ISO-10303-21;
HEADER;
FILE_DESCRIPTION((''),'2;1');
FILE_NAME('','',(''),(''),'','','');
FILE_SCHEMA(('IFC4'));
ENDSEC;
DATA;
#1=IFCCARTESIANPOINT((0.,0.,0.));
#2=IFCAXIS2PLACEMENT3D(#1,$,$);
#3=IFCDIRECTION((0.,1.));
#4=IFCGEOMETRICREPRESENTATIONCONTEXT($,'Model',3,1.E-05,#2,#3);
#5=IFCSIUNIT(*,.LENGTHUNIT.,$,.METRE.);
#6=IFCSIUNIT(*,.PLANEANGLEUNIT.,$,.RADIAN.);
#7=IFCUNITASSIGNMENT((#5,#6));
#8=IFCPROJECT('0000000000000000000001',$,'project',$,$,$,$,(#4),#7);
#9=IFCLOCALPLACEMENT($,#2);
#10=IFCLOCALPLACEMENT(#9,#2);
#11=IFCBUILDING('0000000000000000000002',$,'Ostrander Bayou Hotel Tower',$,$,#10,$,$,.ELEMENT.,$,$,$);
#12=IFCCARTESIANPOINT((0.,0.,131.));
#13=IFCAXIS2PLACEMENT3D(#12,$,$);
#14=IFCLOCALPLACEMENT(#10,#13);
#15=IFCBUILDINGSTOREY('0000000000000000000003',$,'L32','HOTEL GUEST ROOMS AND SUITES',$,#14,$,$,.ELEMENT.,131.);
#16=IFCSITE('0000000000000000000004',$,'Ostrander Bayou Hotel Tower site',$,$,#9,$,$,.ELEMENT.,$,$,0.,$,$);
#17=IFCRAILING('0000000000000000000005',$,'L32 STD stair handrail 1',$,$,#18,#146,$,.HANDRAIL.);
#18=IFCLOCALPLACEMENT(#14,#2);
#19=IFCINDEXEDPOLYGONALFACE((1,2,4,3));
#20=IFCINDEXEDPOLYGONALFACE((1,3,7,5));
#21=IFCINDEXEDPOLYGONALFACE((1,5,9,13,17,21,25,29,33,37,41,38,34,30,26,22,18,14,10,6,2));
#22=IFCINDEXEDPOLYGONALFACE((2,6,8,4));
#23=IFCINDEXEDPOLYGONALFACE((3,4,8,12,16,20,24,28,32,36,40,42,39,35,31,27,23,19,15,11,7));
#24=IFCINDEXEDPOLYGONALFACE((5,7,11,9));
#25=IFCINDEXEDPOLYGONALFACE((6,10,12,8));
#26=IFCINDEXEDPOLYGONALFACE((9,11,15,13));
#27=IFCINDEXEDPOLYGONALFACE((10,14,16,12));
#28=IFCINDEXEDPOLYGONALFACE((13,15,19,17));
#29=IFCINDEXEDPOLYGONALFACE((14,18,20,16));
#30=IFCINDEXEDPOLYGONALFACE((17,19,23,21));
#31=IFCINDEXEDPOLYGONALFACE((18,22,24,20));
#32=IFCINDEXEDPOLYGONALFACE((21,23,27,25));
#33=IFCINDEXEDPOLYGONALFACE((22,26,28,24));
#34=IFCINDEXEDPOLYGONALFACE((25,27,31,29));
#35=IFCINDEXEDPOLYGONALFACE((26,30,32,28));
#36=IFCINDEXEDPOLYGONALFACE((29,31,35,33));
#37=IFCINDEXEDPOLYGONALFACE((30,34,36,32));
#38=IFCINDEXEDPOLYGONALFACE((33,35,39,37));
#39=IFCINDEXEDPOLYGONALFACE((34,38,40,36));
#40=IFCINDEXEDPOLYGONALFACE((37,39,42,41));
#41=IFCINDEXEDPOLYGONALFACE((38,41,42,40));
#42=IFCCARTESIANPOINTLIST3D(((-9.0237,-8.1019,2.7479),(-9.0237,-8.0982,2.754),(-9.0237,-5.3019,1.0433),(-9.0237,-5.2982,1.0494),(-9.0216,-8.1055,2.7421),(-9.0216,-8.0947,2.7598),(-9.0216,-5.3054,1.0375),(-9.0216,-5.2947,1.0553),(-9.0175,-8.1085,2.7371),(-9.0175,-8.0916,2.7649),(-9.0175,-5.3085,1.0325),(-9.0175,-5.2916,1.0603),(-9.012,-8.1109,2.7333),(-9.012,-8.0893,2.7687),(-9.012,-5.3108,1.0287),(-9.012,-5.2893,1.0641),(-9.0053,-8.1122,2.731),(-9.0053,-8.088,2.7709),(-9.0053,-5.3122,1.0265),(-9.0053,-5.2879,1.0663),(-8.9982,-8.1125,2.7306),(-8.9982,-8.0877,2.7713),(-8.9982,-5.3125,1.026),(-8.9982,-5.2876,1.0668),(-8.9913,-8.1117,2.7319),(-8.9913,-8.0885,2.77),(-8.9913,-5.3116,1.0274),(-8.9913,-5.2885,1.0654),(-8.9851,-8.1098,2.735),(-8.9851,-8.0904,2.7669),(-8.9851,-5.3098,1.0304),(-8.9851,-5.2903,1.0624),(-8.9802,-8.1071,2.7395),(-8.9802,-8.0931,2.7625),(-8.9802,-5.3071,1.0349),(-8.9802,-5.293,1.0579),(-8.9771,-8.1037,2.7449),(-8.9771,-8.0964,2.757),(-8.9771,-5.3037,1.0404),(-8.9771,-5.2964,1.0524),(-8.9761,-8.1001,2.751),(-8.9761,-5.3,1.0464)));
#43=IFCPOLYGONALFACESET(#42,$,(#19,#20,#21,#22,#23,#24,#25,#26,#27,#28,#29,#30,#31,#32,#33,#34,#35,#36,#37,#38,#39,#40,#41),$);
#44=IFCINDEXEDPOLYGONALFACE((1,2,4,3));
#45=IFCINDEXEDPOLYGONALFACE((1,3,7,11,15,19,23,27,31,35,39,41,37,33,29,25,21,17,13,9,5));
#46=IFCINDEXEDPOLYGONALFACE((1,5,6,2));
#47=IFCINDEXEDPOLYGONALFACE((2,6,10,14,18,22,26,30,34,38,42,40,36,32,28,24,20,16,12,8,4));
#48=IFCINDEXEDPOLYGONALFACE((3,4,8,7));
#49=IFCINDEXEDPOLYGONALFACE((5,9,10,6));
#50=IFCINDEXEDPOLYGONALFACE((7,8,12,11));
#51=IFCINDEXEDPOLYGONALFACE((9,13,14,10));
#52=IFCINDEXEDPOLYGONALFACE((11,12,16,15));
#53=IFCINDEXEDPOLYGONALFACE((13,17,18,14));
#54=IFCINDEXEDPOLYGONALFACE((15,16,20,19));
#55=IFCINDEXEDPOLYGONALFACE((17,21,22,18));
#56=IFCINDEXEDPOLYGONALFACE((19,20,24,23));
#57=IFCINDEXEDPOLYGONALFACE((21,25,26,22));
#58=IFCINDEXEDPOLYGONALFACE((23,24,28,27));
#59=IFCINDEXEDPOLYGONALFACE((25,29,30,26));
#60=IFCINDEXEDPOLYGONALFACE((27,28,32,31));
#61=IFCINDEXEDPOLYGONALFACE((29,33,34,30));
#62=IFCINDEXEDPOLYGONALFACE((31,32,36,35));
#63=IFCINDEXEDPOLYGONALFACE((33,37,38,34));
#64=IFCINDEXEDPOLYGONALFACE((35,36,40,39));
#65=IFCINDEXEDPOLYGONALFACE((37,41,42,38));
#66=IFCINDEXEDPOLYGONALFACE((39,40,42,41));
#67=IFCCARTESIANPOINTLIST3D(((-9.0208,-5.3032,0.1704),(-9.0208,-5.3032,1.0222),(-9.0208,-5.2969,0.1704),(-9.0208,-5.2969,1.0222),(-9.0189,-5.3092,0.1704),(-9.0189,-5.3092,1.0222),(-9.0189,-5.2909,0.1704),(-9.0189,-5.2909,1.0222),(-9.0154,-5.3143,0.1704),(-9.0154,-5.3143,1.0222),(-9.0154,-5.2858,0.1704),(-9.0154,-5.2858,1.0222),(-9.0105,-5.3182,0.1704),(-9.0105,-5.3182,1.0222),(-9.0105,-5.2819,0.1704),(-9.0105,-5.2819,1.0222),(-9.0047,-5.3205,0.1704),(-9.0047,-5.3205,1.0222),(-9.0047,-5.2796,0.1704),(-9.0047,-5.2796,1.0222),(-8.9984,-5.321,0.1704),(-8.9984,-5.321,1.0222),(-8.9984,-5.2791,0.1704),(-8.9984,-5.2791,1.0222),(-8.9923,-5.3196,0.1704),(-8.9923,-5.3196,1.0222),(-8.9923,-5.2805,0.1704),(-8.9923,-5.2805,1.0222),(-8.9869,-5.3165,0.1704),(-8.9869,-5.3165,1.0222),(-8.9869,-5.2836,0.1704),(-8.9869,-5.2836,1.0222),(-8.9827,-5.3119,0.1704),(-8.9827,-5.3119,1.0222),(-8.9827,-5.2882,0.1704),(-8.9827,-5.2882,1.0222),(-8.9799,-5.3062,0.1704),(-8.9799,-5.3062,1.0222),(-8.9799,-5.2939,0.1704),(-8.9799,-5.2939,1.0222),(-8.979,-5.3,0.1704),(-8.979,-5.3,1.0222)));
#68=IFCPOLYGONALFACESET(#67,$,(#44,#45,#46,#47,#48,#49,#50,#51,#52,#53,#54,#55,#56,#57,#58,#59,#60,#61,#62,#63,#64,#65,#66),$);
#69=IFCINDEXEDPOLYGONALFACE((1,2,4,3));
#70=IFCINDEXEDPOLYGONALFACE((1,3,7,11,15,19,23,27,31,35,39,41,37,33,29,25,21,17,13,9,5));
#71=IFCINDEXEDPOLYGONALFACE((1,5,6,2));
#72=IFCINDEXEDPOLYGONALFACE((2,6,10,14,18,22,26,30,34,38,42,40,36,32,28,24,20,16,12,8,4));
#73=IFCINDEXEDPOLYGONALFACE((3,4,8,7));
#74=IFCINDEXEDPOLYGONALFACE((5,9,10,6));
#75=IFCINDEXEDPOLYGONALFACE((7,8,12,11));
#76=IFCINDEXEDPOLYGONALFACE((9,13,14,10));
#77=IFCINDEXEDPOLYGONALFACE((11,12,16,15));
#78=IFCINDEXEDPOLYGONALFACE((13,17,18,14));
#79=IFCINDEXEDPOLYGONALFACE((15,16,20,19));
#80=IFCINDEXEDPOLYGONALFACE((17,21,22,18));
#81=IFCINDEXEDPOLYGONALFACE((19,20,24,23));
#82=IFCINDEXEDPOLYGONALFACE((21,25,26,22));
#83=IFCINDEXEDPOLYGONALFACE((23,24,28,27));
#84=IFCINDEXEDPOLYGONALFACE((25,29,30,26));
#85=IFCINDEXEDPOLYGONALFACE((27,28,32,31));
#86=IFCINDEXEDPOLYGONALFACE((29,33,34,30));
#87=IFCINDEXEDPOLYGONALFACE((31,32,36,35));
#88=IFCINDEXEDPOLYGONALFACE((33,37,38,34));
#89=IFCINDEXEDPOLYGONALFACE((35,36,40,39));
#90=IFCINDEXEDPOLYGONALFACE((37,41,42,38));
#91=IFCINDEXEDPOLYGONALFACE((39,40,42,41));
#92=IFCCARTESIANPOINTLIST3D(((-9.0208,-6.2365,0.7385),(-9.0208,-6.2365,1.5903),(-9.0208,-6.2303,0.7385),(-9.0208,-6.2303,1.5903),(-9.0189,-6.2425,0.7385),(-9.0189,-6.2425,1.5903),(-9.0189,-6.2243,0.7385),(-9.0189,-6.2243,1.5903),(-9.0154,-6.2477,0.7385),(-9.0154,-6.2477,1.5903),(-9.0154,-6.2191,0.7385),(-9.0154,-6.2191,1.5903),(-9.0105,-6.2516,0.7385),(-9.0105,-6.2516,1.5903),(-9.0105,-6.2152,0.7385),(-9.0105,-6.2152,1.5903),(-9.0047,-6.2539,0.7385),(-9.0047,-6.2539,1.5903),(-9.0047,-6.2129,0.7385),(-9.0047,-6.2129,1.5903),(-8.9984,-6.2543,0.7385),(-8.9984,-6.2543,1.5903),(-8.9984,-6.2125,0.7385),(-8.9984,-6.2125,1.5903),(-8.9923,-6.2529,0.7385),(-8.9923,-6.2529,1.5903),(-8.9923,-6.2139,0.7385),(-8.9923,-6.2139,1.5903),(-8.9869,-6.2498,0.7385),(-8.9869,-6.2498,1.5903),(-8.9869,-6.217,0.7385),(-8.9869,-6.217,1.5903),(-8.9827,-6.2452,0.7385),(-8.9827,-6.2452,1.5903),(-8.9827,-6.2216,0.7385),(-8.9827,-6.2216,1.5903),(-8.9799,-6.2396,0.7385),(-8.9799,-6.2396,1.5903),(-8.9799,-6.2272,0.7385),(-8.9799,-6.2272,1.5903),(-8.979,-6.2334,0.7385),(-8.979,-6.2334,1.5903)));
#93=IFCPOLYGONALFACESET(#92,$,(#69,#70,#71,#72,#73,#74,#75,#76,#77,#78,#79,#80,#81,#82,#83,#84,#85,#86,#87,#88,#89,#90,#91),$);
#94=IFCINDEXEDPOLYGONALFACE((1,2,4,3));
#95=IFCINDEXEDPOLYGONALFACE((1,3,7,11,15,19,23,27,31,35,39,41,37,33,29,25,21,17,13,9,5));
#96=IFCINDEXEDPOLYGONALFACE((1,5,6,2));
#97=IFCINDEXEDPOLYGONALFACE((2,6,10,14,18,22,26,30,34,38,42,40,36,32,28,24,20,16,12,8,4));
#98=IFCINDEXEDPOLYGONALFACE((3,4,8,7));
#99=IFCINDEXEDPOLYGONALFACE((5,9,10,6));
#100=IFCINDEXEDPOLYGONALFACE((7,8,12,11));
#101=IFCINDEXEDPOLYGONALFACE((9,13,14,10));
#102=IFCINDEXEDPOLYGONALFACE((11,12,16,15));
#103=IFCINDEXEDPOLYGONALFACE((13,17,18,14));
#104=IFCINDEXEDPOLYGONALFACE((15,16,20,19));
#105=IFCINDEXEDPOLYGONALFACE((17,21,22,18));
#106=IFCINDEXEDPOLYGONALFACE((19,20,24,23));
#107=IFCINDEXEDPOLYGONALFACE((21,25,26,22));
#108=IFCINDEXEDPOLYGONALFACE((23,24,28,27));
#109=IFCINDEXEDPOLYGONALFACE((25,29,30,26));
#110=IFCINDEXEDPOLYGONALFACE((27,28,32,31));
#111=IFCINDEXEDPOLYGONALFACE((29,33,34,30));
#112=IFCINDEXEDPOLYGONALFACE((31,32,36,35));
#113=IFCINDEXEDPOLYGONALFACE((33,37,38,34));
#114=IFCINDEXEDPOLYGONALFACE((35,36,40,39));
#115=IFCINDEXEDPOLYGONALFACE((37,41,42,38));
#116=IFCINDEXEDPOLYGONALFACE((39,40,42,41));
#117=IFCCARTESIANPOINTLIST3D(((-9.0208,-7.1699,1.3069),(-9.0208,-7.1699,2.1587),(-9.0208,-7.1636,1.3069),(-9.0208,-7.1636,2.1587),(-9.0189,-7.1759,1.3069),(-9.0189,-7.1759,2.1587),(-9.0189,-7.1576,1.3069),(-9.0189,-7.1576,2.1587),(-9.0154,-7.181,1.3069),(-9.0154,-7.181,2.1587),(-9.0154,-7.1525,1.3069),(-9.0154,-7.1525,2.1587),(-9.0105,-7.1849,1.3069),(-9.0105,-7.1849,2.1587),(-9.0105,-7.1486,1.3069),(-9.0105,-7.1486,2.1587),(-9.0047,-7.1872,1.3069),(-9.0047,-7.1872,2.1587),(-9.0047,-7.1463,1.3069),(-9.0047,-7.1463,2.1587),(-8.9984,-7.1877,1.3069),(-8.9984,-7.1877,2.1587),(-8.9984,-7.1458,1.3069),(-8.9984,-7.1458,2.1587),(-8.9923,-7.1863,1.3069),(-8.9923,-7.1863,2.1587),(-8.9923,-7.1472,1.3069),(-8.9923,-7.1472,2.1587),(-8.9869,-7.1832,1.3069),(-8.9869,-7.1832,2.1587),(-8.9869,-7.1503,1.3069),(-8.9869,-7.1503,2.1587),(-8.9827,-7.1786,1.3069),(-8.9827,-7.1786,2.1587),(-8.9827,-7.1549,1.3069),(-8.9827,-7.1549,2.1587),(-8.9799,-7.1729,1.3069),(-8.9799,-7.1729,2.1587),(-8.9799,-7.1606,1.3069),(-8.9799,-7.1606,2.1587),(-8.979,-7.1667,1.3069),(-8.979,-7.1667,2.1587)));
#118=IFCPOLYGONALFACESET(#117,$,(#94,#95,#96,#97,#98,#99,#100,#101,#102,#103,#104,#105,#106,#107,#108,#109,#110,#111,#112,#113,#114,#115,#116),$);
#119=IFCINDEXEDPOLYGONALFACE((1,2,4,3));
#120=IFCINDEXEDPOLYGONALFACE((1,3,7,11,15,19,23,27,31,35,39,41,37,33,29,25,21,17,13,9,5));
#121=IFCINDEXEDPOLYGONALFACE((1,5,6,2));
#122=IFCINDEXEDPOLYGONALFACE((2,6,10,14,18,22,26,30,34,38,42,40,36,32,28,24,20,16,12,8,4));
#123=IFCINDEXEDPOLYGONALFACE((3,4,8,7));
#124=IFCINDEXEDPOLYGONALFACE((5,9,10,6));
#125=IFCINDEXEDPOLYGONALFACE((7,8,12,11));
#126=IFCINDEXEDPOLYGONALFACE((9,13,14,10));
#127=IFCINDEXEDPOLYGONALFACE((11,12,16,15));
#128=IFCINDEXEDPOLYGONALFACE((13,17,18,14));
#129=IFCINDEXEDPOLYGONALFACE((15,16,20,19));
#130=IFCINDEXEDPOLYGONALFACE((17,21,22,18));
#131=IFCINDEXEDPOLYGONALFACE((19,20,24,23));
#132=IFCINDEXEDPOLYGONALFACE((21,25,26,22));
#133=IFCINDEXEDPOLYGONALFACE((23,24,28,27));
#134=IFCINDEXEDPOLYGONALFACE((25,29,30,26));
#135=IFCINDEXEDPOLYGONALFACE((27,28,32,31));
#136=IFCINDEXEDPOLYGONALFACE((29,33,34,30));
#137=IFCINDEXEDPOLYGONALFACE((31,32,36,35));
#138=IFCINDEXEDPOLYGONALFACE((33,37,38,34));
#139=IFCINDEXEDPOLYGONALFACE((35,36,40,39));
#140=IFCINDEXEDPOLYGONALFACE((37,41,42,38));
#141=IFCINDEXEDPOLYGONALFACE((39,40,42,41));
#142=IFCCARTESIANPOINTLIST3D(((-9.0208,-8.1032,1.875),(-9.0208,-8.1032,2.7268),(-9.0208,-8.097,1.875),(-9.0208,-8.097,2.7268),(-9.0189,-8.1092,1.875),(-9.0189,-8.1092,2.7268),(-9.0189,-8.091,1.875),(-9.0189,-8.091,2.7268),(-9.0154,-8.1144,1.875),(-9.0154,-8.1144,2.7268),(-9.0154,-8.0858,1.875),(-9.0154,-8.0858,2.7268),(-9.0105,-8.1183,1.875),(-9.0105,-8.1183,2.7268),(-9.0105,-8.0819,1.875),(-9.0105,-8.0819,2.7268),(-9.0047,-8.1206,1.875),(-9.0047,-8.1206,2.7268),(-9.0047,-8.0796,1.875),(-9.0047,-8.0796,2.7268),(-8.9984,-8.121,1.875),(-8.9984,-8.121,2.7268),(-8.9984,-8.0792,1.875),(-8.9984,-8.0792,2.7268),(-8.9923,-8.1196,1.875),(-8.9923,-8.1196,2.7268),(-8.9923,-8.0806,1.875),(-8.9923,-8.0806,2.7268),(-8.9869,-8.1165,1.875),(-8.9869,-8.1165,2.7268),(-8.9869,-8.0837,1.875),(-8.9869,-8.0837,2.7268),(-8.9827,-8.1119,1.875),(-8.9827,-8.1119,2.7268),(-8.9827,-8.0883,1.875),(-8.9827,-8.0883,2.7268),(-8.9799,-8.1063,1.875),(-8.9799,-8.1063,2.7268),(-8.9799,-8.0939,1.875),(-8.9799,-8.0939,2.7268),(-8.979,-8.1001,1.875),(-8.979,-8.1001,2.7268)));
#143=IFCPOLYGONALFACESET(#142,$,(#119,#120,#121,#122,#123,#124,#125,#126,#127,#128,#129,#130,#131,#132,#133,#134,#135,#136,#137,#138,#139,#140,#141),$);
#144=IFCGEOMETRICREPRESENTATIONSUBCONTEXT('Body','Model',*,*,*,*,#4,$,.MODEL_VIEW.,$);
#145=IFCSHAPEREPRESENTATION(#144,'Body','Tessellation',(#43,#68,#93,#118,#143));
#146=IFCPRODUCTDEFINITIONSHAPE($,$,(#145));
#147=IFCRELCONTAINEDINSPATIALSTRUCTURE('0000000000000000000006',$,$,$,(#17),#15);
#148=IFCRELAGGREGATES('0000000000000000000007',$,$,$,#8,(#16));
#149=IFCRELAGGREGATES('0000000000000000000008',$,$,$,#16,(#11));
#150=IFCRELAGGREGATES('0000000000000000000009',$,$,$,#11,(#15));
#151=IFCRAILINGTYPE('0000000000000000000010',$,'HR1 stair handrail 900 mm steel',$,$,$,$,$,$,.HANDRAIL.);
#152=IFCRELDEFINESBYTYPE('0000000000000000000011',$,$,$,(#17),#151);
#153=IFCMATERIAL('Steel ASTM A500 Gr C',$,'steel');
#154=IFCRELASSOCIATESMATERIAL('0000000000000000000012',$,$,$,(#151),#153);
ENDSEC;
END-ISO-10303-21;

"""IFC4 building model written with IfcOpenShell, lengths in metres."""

from ifc_helpers import new_model, si_unit, direction, frame, origin, origin_2d, place, context, subcontext, project, spatial, circle, extrude, material, type_object, element, save


model = new_model("IFC4")

# Units and contexts
model_context = context("Model", 3, precision=1e-05, world=origin(), true_north=direction((0.0, 1.0)))
body_context = subcontext(model_context, "Body", "Model", "MODEL_VIEW")
ifc_project = project(units=[si_unit("LENGTHUNIT", "METRE"), si_unit("PLANEANGLEUNIT", "RADIAN")], contexts=[model_context])

# Site, building, storey
site_placement = place(None, origin())
site = spatial("IfcSite", under=ifc_project, at=site_placement, Name="Ostrander Bayou Hotel Tower site", CompositionType="ELEMENT", RefElevation=0.0)
building_placement = place(site_placement, origin())
building = spatial("IfcBuilding", under=site, at=building_placement, Name="Ostrander Bayou Hotel Tower", CompositionType="ELEMENT")
storey_placement = place(building_placement, frame((0.0, 0.0, 131.0)))
storey = spatial("IfcBuildingStorey", under=building, at=storey_placement, Name="L32", Description="HOTEL GUEST ROOMS AND SUITES", CompositionType="ELEMENT", Elevation=131.0)

# Railing
ifc_material_1 = material(Name="Steel ASTM A500 Gr C", Category="steel")
railing_type_1 = type_object("IfcRailingType", Name="HR1 stair handrail 900 mm steel", PredefinedType="HANDRAIL", material=ifc_material_1)
railing_1_placement = place(storey_placement, frame((-9.0, -5.3, 0.1704)))
element("IfcRailing", 1, at=railing_1_placement, inside=storey, type_object=railing_type_1, Name="L32 STD stair handrail 1", PredefinedType="HANDRAIL", context=body_context, shape_type="SweptSolid", body=[
    extrude(circle(Radius=0.0239, at=origin_2d()), frame((0.0, 0.0, 0.876), z_axis=(0.0, -0.85417, 0.519994), x_axis=(1.0, 0.0, 0.0)), (0.0, 0.0, 1.0), 3.2781),
    extrude(circle(Radius=0.021, at=origin_2d()), origin(), (0.0, 0.0, 1.0), 0.8518),
    extrude(circle(Radius=0.021, at=origin_2d()), frame((0.0, -0.9333, 0.5681)), (0.0, 0.0, 1.0), 0.8518),
    extrude(circle(Radius=0.021, at=origin_2d()), frame((0.0, -1.8667, 1.1365)), (0.0, 0.0, 1.0), 0.8518),
    extrude(circle(Radius=0.021, at=origin_2d()), frame((0.0, -2.8, 1.7046)), (0.0, 0.0, 1.0), 0.8518),
])

save(model, "model.ifc")
